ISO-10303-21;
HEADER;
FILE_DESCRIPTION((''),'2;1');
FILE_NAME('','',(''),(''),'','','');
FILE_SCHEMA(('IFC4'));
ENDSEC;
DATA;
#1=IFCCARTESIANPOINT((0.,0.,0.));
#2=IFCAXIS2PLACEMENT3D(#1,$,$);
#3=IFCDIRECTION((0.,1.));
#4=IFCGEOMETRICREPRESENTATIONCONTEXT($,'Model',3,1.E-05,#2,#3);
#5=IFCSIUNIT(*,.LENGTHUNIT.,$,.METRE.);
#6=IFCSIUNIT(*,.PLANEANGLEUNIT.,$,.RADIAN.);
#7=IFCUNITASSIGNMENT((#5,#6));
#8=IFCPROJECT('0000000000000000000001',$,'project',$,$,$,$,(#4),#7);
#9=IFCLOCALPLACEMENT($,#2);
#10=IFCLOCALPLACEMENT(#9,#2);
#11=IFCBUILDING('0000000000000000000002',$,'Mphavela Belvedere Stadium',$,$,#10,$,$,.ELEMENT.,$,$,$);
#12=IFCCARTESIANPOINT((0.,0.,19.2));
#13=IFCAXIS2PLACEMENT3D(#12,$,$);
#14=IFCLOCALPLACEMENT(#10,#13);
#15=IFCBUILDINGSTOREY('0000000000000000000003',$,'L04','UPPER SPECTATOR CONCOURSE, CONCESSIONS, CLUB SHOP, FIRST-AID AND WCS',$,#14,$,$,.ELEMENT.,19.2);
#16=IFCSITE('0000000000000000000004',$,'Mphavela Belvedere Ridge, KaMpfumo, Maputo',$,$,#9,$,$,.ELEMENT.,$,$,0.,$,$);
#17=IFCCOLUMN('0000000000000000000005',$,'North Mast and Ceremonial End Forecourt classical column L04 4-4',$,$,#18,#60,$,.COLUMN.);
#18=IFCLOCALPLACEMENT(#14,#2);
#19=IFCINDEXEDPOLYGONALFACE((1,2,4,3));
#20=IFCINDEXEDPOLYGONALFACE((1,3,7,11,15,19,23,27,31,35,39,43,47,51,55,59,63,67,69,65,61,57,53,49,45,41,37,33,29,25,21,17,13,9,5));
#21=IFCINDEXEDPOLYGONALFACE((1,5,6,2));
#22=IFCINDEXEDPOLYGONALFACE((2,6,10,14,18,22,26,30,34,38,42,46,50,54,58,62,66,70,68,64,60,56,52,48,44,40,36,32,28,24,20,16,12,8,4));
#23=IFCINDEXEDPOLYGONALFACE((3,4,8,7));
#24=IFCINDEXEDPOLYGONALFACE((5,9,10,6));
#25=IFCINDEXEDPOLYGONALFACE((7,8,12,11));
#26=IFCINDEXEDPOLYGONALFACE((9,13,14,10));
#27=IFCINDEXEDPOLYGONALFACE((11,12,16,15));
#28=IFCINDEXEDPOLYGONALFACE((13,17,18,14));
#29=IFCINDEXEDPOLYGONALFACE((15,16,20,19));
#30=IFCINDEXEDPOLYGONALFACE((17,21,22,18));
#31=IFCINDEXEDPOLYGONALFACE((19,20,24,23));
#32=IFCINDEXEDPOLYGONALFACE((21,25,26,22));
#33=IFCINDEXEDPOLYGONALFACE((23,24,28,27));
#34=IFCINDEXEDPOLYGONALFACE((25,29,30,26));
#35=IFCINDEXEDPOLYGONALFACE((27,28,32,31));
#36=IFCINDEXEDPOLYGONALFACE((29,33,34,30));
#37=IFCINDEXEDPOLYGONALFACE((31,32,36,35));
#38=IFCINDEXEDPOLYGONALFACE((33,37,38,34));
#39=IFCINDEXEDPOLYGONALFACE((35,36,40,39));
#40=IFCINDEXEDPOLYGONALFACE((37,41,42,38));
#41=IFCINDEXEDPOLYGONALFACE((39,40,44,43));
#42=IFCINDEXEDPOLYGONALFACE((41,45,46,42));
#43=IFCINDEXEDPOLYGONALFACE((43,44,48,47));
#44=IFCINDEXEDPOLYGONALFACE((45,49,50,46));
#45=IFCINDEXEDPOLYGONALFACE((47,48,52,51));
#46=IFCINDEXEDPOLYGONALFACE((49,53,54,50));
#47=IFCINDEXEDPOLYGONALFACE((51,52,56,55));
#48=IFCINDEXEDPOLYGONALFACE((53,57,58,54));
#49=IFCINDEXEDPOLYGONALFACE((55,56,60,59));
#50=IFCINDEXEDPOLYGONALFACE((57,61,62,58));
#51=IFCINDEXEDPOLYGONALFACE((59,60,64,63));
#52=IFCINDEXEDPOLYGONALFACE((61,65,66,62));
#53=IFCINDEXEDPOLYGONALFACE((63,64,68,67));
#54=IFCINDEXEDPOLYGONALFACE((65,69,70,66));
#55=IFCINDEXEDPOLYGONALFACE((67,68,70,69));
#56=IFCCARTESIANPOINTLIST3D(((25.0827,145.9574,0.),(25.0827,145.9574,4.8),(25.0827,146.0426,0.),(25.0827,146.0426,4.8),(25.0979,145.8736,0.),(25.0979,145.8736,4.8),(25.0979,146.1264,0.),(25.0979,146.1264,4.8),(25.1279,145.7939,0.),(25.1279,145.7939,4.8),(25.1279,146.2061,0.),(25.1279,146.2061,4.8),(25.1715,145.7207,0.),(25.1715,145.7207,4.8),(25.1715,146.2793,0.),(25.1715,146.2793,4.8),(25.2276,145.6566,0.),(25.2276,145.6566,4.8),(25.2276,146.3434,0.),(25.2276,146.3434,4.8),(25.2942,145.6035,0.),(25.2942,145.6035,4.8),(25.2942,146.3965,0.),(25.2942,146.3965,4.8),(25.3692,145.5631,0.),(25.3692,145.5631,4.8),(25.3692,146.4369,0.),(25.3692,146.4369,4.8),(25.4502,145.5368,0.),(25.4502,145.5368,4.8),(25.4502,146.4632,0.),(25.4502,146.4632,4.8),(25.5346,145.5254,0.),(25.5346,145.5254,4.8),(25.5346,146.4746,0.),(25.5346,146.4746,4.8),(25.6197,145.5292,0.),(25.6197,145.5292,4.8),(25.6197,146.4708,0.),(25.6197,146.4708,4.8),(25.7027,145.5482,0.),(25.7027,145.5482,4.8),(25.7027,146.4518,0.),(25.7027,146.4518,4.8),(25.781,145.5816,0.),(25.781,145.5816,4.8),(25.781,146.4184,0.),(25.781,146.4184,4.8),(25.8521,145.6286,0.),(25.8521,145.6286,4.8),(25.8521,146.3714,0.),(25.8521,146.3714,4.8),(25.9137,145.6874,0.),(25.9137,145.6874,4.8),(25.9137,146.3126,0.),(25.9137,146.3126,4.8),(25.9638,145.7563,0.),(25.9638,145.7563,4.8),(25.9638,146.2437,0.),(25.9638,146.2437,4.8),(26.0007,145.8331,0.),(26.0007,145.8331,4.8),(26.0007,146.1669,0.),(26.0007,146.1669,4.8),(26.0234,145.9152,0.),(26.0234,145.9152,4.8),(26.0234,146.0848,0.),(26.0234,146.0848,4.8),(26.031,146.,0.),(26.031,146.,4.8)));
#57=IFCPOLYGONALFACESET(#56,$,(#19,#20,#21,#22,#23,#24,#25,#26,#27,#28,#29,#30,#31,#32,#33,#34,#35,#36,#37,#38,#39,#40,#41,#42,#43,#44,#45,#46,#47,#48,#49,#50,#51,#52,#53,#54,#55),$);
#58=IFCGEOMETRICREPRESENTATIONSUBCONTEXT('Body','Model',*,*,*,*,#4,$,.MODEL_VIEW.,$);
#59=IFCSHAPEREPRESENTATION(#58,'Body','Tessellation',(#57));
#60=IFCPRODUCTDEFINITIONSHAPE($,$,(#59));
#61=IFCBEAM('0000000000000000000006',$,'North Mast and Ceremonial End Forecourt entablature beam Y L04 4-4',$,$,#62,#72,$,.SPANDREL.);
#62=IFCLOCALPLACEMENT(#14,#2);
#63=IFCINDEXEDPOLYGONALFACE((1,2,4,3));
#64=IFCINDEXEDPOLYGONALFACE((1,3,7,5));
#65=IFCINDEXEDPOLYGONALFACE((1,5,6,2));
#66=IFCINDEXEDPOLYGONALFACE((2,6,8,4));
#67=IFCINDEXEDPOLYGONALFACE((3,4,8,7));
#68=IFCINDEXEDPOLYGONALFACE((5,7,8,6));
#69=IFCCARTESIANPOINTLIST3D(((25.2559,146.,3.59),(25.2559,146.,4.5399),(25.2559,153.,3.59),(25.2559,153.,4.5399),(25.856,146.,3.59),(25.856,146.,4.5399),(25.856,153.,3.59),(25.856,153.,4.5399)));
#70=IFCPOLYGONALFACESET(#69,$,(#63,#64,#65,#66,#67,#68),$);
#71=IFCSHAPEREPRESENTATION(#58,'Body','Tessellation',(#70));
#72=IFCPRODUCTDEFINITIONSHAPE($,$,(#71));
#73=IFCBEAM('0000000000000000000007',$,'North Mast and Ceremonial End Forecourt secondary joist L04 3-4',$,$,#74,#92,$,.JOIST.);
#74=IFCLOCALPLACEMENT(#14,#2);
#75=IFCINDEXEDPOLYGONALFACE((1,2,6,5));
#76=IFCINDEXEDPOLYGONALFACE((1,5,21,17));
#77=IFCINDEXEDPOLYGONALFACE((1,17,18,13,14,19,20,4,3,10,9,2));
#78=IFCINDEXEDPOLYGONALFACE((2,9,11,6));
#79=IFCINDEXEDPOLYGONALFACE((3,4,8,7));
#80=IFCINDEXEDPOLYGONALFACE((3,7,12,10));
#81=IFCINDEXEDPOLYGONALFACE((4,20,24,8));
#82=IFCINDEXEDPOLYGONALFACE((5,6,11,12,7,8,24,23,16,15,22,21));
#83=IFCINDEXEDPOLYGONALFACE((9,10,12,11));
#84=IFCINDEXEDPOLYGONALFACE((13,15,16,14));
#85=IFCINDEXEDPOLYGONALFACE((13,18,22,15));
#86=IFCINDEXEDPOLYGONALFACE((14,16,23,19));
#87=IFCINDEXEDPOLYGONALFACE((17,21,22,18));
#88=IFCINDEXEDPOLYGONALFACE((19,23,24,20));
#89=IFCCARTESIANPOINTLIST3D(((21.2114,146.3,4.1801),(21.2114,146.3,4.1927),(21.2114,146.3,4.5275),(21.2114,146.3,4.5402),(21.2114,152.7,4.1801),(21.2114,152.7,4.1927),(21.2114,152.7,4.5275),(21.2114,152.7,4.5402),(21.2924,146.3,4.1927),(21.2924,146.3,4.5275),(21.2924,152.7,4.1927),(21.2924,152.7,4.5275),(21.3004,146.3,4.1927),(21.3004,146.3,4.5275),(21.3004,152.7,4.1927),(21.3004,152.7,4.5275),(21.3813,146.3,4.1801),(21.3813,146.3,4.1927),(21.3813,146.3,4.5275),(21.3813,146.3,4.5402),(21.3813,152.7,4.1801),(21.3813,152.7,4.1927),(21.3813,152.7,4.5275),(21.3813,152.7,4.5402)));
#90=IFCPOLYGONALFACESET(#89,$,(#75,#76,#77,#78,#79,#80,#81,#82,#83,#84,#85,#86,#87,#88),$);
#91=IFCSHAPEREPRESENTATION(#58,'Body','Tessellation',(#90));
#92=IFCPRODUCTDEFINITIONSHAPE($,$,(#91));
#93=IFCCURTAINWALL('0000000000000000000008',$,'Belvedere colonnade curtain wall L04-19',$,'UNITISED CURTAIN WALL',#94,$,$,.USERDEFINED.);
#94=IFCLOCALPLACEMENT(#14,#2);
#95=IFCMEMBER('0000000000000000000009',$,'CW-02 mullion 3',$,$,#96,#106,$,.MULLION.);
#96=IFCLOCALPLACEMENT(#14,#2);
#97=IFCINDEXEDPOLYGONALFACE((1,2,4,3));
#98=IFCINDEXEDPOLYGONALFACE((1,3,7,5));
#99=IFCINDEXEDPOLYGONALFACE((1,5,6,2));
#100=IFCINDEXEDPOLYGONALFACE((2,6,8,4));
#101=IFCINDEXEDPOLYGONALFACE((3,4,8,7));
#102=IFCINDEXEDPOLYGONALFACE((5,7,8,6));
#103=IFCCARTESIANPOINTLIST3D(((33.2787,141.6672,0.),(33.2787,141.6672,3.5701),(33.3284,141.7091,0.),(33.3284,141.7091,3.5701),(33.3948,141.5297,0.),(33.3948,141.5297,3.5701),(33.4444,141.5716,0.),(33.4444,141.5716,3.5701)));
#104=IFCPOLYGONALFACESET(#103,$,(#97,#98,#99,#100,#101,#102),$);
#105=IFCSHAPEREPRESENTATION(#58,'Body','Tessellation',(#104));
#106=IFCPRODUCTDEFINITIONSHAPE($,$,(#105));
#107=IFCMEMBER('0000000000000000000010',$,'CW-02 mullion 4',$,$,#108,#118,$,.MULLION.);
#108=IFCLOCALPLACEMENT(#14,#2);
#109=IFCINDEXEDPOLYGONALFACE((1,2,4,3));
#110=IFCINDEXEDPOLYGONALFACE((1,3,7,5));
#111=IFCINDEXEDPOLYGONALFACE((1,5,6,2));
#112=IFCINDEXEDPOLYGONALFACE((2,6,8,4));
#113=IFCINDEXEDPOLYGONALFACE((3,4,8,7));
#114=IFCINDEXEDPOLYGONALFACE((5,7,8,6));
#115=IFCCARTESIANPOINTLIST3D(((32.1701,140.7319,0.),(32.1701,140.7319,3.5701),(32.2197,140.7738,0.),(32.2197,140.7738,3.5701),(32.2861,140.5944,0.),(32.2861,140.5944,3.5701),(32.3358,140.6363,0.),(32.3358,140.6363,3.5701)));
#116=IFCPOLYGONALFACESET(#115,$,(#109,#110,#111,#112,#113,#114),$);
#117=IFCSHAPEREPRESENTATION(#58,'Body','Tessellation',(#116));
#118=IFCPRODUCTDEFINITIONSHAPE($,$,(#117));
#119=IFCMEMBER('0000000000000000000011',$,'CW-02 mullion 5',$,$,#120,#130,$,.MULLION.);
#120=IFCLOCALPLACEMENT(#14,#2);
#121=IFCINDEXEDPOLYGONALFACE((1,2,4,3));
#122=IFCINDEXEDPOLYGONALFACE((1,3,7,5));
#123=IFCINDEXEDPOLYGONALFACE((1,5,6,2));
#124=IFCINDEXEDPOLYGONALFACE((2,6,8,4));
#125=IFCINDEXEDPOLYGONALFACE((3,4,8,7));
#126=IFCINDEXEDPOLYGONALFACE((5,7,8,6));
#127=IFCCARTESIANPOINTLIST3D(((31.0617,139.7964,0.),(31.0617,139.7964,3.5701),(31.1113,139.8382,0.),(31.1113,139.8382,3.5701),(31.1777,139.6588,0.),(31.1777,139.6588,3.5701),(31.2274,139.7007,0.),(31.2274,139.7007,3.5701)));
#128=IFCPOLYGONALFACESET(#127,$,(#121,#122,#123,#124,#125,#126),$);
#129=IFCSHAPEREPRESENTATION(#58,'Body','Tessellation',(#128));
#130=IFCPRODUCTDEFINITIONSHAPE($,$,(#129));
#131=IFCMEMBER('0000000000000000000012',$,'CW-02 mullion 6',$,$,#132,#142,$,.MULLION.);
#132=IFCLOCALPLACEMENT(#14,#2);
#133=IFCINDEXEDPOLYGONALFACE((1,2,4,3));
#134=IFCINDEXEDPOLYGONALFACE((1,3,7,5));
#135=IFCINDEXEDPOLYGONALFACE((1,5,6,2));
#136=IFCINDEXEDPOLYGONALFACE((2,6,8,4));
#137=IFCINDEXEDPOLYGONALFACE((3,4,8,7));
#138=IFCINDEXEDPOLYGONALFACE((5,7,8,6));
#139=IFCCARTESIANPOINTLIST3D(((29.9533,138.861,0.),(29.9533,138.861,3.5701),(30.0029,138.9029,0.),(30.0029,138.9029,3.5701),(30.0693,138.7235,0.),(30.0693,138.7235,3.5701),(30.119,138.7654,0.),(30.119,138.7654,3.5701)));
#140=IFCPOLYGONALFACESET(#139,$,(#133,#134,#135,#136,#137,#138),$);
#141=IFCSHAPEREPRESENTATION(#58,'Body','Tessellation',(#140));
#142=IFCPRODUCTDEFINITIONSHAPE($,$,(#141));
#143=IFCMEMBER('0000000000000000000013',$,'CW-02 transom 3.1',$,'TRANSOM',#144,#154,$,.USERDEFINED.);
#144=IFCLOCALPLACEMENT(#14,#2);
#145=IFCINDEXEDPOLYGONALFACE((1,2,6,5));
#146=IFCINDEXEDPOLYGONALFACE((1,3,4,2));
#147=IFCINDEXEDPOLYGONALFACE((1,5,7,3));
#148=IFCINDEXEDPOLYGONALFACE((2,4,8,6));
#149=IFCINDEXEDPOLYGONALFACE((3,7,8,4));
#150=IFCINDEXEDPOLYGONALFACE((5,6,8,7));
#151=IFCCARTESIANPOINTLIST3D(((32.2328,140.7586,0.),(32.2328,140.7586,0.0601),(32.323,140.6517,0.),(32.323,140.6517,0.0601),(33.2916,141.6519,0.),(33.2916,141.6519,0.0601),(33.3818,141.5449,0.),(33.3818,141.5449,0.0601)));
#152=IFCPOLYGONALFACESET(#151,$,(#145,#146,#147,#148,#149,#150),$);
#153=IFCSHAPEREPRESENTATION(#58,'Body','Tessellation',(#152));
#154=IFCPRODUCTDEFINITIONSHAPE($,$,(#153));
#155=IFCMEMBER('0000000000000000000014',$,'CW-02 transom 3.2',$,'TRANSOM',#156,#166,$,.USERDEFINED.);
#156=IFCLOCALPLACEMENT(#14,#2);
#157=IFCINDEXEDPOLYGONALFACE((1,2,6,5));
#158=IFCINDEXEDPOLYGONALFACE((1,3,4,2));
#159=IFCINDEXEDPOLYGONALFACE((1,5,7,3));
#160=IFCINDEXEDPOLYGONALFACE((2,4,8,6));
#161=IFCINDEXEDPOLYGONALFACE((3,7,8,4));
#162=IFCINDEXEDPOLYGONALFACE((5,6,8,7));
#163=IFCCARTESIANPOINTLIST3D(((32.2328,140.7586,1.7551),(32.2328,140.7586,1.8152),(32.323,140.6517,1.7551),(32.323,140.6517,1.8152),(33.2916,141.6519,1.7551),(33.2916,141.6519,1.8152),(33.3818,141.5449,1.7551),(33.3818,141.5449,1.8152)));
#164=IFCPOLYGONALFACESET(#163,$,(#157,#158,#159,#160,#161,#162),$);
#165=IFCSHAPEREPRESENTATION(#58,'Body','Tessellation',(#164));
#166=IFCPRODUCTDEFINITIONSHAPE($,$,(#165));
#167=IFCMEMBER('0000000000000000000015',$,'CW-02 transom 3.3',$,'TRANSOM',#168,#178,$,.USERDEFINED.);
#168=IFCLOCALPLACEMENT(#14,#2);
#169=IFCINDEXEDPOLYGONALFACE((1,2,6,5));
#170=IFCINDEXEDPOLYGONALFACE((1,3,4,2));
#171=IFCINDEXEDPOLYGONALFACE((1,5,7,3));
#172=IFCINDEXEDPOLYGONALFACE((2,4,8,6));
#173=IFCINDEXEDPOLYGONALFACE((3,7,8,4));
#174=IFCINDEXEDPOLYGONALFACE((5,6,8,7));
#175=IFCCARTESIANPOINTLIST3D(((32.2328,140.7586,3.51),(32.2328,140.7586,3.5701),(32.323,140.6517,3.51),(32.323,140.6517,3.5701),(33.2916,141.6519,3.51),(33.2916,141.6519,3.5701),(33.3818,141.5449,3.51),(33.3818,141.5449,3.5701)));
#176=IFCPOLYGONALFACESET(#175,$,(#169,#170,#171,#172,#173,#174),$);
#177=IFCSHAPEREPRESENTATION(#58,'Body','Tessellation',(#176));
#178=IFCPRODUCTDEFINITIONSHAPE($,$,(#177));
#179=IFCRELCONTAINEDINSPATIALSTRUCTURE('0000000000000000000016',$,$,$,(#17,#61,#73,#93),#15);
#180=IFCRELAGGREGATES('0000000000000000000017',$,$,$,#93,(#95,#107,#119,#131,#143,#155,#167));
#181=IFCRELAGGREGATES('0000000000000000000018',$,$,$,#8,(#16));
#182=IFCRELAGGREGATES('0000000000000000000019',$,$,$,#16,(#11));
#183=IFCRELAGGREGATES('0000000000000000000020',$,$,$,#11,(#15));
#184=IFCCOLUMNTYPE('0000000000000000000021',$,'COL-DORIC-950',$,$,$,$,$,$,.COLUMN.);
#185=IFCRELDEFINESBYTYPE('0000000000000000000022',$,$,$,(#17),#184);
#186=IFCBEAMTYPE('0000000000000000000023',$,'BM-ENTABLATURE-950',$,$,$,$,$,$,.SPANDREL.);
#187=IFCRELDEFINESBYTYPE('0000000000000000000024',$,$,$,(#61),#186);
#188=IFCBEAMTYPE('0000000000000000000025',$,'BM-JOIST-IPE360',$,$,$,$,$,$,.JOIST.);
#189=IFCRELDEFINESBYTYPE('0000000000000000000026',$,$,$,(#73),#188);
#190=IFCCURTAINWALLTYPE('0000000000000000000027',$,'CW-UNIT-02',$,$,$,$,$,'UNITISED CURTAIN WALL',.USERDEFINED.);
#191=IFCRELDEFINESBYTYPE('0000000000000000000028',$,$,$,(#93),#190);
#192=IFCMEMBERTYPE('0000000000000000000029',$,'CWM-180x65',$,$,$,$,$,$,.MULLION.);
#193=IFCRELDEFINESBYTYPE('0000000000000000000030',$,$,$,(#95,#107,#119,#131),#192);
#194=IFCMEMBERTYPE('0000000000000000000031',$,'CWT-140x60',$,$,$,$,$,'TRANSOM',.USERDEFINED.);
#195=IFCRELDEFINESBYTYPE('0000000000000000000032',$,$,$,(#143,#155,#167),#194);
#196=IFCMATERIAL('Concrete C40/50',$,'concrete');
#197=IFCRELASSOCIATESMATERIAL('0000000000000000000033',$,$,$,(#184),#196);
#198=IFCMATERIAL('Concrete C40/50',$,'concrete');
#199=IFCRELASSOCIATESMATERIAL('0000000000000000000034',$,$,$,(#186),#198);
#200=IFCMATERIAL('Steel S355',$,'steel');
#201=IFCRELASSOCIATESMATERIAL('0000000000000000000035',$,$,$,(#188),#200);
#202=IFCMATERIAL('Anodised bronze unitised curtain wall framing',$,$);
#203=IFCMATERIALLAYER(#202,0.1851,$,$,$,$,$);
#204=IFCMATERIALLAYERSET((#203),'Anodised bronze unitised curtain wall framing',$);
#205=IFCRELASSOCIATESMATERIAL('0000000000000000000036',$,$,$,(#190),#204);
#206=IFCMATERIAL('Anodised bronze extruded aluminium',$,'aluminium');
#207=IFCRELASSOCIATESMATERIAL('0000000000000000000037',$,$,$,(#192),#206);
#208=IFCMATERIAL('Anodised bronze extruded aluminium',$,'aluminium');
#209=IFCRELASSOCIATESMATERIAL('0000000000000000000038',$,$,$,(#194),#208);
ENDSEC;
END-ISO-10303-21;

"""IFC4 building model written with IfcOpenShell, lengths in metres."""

from ifc_helpers import new_model, si_unit, direction, frame, origin, origin_2d, place, context, subcontext, project, spatial, rectangle, circle, i_section, extrude, material, layer, layer_set, material_profile, profile_set, type_object, element, aggregate, save


model = new_model("IFC4")

# Units and contexts
model_context = context("Model", 3, precision=1e-05, world=origin(), true_north=direction((0.0, 1.0)))
body_context = subcontext(model_context, "Body", "Model", "MODEL_VIEW")
ifc_project = project(units=[si_unit("LENGTHUNIT", "METRE"), si_unit("PLANEANGLEUNIT", "RADIAN")], contexts=[model_context])

# Site, building, storey
site_placement = place(None, origin())
site = spatial("IfcSite", under=ifc_project, at=site_placement, Name="Mphavela Belvedere Ridge, KaMpfumo, Maputo", CompositionType="ELEMENT", RefElevation=0.0)
building_placement = place(site_placement, origin())
building = spatial("IfcBuilding", under=site, at=building_placement, Name="Mphavela Belvedere Stadium", CompositionType="ELEMENT")
storey_placement = place(building_placement, frame((0.0, 0.0, 19.2)))
storey = spatial("IfcBuildingStorey", under=building, at=storey_placement, Name="L04", Description="UPPER SPECTATOR CONCOURSE, CONCESSIONS, CLUB SHOP, FIRST-AID AND WCS", CompositionType="ELEMENT", Elevation=19.2)

# Column
ifc_material_1 = material(Name="Concrete C40/50", Category="concrete")
ifc_material_profile_1 = material_profile(ifc_material_1, circle(Radius=0.4751, at=origin_2d()), Name="COL D950")
ifc_profile_set_1 = profile_set([ifc_material_profile_1], Name="Concrete C40/50")
column_type = type_object("IfcColumnType", Name="COL-DORIC-950", PredefinedType="COLUMN", material=ifc_profile_set_1)
column_placement = place(storey_placement, frame((25.5559, 146.0, 0.0), z_axis=(0.0, 0.0, 1.0), x_axis=(1.0, 0.0, 0.0)))
element("IfcColumn", 1, at=column_placement, inside=storey, type_object=column_type, Name="North Mast and Ceremonial End Forecourt classical column L04 4-4", PredefinedType="COLUMN", context=body_context, shape_type="SweptSolid", body=[
    extrude(circle(Radius=0.4751, at=origin_2d()), origin(), (0.0, 0.0, 1.0), 4.8),
])

# Beams
ifc_material_2 = material(Name="Concrete C40/50", Category="concrete")
ifc_material_profile_2 = material_profile(ifc_material_2, rectangle(XDim=0.6001, YDim=0.95, at=origin_2d()), Name="RC 600x950")
ifc_profile_set_2 = profile_set([ifc_material_profile_2], Name="Concrete C40/50")
beam_type_1 = type_object("IfcBeamType", Name="BM-ENTABLATURE-950", PredefinedType="SPANDREL", material=ifc_profile_set_2)
beam_1_placement = place(storey_placement, frame((25.5559, 146.0, 4.0649), z_axis=(0.0, 1.0, 0.0), x_axis=(-1.0, 0.0, 0.0)))
element("IfcBeam", 2, at=beam_1_placement, inside=storey, type_object=beam_type_1, Name="North Mast and Ceremonial End Forecourt entablature beam Y L04 4-4", PredefinedType="SPANDREL", context=body_context, shape_type="SweptSolid", body=[
    extrude(rectangle(XDim=0.6001, YDim=0.95, at=origin_2d()), origin(), (0.0, 0.0, 1.0), 7.0),
])
ifc_material_3 = material(Name="Steel S355", Category="steel")
ifc_material_profile_3 = material_profile(ifc_material_3, i_section(OverallWidth=0.1699, OverallDepth=0.3601, WebThickness=0.0081, FlangeThickness=0.0127, at=origin_2d()), Name="IPE 360")
ifc_profile_set_3 = profile_set([ifc_material_profile_3], Name="Steel S355")
beam_type_2 = type_object("IfcBeamType", Name="BM-JOIST-IPE360", PredefinedType="JOIST", material=ifc_profile_set_3)
beam_2_placement = place(storey_placement, frame((21.2964, 146.3, 4.3601), z_axis=(0.0, 1.0, 0.0), x_axis=(-1.0, 0.0, 0.0)))
element("IfcBeam", 3, at=beam_2_placement, inside=storey, type_object=beam_type_2, Name="North Mast and Ceremonial End Forecourt secondary joist L04 3-4", PredefinedType="JOIST", context=body_context, shape_type="SweptSolid", body=[
    extrude(i_section(OverallWidth=0.1699, OverallDepth=0.3601, WebThickness=0.0081, FlangeThickness=0.0127, at=origin_2d()), origin(), (0.0, 0.0, 1.0), 6.3999),
])

# Curtain wall, members
ifc_material_4 = material(Name="Anodised bronze unitised curtain wall framing")
ifc_layer_1 = layer(ifc_material_4, 0.1851)
ifc_layer_set_1 = layer_set([ifc_layer_1], Name="Anodised bronze unitised curtain wall framing")
curtain_wall_type = type_object("IfcCurtainWallType", Name="CW-UNIT-02", ElementType="UNITISED CURTAIN WALL", PredefinedType="USERDEFINED", material=ifc_layer_set_1)
curtain_wall_placement = place(storey_placement, origin())
curtain_wall = element("IfcCurtainWall", 4, at=curtain_wall_placement, inside=storey, type_object=curtain_wall_type, Name="Belvedere colonnade curtain wall L04-19", ObjectType="UNITISED CURTAIN WALL", PredefinedType="USERDEFINED")
ifc_material_5 = material(Name="Anodised bronze extruded aluminium", Category="aluminium")
ifc_material_profile_4 = material_profile(ifc_material_5, rectangle(XDim=0.1799, YDim=0.0649, at=origin_2d()), Name="CW-MUL 180x65")
ifc_profile_set_4 = profile_set([ifc_material_profile_4], Name="Anodised bronze extruded aluminium")
member_type_1 = type_object("IfcMemberType", Name="CWM-180x65", PredefinedType="MULLION", material=ifc_profile_set_4)
member_1_placement = place(storey_placement, frame((33.3616, 141.6194, 0.0), z_axis=(0.0, 0.0, 1.0), x_axis=(0.644916, -0.764253, 0.0)))
member_1 = element("IfcMember", 5, at=member_1_placement, type_object=member_type_1, Name="CW-02 mullion 3", PredefinedType="MULLION", context=body_context, shape_type="SweptSolid", body=[
    extrude(rectangle(XDim=0.1799, YDim=0.0649, at=origin_2d()), origin(), (0.0, 0.0, 1.0), 3.5701),
])
member_2_placement = place(storey_placement, frame((32.2529, 140.6841, 0.0), z_axis=(0.0, 0.0, 1.0), x_axis=(0.644916, -0.764253, 0.0)))
member_2 = element("IfcMember", 6, at=member_2_placement, type_object=member_type_1, Name="CW-02 mullion 4", PredefinedType="MULLION", context=body_context, shape_type="SweptSolid", body=[
    extrude(rectangle(XDim=0.1799, YDim=0.0649, at=origin_2d()), origin(), (0.0, 0.0, 1.0), 3.5701),
])
member_3_placement = place(storey_placement, frame((31.1445, 139.7485, 0.0), z_axis=(0.0, 0.0, 1.0), x_axis=(0.644916, -0.764253, 0.0)))
member_3 = element("IfcMember", 7, at=member_3_placement, type_object=member_type_1, Name="CW-02 mullion 5", PredefinedType="MULLION", context=body_context, shape_type="SweptSolid", body=[
    extrude(rectangle(XDim=0.1799, YDim=0.0649, at=origin_2d()), origin(), (0.0, 0.0, 1.0), 3.5701),
])
member_4_placement = place(storey_placement, frame((30.0361, 138.8132, 0.0), z_axis=(0.0, 0.0, 1.0), x_axis=(0.644916, -0.764253, 0.0)))
member_4 = element("IfcMember", 8, at=member_4_placement, type_object=member_type_1, Name="CW-02 mullion 6", PredefinedType="MULLION", context=body_context, shape_type="SweptSolid", body=[
    extrude(rectangle(XDim=0.1799, YDim=0.0649, at=origin_2d()), origin(), (0.0, 0.0, 1.0), 3.5701),
])
ifc_material_6 = material(Name="Anodised bronze extruded aluminium", Category="aluminium")
ifc_material_profile_5 = material_profile(ifc_material_6, rectangle(XDim=0.1399, YDim=0.0601, at=origin_2d()), Name="CW-TRN 140x60")
ifc_profile_set_5 = profile_set([ifc_material_profile_5], Name="Anodised bronze extruded aluminium")
member_type_2 = type_object("IfcMemberType", Name="CWT-140x60", ElementType="TRANSOM", PredefinedType="USERDEFINED", material=ifc_profile_set_5)
member_5_placement = place(storey_placement, frame((33.3367, 141.5984, 0.03), z_axis=(-0.764321, -0.644836, 0.0), x_axis=(0.644836, -0.764321, 0.0)))
member_5 = element("IfcMember", 9, at=member_5_placement, type_object=member_type_2, Name="CW-02 transom 3.1", ObjectType="TRANSOM", PredefinedType="USERDEFINED", context=body_context, shape_type="SweptSolid", body=[
    extrude(rectangle(XDim=0.1399, YDim=0.0601, at=origin_2d()), origin(), (0.0, 0.0, 1.0), 1.3853),
])
member_6_placement = place(storey_placement, frame((33.3367, 141.5984, 1.7852), z_axis=(-0.764321, -0.644836, 0.0), x_axis=(0.644836, -0.764321, 0.0)))
member_6 = element("IfcMember", 10, at=member_6_placement, type_object=member_type_2, Name="CW-02 transom 3.2", ObjectType="TRANSOM", PredefinedType="USERDEFINED", context=body_context, shape_type="SweptSolid", body=[
    extrude(rectangle(XDim=0.1399, YDim=0.0601, at=origin_2d()), origin(), (0.0, 0.0, 1.0), 1.3853),
])
member_7_placement = place(storey_placement, frame((33.3367, 141.5984, 3.54), z_axis=(-0.764321, -0.644836, 0.0), x_axis=(0.644836, -0.764321, 0.0)))
member_7 = element("IfcMember", 11, at=member_7_placement, type_object=member_type_2, Name="CW-02 transom 3.3", ObjectType="TRANSOM", PredefinedType="USERDEFINED", context=body_context, shape_type="SweptSolid", body=[
    extrude(rectangle(XDim=0.1399, YDim=0.0601, at=origin_2d()), origin(), (0.0, 0.0, 1.0), 1.3853),
])
aggregate(curtain_wall, [member_1, member_2, member_3, member_4, member_5, member_6, member_7])

save(model, "model.ifc")
